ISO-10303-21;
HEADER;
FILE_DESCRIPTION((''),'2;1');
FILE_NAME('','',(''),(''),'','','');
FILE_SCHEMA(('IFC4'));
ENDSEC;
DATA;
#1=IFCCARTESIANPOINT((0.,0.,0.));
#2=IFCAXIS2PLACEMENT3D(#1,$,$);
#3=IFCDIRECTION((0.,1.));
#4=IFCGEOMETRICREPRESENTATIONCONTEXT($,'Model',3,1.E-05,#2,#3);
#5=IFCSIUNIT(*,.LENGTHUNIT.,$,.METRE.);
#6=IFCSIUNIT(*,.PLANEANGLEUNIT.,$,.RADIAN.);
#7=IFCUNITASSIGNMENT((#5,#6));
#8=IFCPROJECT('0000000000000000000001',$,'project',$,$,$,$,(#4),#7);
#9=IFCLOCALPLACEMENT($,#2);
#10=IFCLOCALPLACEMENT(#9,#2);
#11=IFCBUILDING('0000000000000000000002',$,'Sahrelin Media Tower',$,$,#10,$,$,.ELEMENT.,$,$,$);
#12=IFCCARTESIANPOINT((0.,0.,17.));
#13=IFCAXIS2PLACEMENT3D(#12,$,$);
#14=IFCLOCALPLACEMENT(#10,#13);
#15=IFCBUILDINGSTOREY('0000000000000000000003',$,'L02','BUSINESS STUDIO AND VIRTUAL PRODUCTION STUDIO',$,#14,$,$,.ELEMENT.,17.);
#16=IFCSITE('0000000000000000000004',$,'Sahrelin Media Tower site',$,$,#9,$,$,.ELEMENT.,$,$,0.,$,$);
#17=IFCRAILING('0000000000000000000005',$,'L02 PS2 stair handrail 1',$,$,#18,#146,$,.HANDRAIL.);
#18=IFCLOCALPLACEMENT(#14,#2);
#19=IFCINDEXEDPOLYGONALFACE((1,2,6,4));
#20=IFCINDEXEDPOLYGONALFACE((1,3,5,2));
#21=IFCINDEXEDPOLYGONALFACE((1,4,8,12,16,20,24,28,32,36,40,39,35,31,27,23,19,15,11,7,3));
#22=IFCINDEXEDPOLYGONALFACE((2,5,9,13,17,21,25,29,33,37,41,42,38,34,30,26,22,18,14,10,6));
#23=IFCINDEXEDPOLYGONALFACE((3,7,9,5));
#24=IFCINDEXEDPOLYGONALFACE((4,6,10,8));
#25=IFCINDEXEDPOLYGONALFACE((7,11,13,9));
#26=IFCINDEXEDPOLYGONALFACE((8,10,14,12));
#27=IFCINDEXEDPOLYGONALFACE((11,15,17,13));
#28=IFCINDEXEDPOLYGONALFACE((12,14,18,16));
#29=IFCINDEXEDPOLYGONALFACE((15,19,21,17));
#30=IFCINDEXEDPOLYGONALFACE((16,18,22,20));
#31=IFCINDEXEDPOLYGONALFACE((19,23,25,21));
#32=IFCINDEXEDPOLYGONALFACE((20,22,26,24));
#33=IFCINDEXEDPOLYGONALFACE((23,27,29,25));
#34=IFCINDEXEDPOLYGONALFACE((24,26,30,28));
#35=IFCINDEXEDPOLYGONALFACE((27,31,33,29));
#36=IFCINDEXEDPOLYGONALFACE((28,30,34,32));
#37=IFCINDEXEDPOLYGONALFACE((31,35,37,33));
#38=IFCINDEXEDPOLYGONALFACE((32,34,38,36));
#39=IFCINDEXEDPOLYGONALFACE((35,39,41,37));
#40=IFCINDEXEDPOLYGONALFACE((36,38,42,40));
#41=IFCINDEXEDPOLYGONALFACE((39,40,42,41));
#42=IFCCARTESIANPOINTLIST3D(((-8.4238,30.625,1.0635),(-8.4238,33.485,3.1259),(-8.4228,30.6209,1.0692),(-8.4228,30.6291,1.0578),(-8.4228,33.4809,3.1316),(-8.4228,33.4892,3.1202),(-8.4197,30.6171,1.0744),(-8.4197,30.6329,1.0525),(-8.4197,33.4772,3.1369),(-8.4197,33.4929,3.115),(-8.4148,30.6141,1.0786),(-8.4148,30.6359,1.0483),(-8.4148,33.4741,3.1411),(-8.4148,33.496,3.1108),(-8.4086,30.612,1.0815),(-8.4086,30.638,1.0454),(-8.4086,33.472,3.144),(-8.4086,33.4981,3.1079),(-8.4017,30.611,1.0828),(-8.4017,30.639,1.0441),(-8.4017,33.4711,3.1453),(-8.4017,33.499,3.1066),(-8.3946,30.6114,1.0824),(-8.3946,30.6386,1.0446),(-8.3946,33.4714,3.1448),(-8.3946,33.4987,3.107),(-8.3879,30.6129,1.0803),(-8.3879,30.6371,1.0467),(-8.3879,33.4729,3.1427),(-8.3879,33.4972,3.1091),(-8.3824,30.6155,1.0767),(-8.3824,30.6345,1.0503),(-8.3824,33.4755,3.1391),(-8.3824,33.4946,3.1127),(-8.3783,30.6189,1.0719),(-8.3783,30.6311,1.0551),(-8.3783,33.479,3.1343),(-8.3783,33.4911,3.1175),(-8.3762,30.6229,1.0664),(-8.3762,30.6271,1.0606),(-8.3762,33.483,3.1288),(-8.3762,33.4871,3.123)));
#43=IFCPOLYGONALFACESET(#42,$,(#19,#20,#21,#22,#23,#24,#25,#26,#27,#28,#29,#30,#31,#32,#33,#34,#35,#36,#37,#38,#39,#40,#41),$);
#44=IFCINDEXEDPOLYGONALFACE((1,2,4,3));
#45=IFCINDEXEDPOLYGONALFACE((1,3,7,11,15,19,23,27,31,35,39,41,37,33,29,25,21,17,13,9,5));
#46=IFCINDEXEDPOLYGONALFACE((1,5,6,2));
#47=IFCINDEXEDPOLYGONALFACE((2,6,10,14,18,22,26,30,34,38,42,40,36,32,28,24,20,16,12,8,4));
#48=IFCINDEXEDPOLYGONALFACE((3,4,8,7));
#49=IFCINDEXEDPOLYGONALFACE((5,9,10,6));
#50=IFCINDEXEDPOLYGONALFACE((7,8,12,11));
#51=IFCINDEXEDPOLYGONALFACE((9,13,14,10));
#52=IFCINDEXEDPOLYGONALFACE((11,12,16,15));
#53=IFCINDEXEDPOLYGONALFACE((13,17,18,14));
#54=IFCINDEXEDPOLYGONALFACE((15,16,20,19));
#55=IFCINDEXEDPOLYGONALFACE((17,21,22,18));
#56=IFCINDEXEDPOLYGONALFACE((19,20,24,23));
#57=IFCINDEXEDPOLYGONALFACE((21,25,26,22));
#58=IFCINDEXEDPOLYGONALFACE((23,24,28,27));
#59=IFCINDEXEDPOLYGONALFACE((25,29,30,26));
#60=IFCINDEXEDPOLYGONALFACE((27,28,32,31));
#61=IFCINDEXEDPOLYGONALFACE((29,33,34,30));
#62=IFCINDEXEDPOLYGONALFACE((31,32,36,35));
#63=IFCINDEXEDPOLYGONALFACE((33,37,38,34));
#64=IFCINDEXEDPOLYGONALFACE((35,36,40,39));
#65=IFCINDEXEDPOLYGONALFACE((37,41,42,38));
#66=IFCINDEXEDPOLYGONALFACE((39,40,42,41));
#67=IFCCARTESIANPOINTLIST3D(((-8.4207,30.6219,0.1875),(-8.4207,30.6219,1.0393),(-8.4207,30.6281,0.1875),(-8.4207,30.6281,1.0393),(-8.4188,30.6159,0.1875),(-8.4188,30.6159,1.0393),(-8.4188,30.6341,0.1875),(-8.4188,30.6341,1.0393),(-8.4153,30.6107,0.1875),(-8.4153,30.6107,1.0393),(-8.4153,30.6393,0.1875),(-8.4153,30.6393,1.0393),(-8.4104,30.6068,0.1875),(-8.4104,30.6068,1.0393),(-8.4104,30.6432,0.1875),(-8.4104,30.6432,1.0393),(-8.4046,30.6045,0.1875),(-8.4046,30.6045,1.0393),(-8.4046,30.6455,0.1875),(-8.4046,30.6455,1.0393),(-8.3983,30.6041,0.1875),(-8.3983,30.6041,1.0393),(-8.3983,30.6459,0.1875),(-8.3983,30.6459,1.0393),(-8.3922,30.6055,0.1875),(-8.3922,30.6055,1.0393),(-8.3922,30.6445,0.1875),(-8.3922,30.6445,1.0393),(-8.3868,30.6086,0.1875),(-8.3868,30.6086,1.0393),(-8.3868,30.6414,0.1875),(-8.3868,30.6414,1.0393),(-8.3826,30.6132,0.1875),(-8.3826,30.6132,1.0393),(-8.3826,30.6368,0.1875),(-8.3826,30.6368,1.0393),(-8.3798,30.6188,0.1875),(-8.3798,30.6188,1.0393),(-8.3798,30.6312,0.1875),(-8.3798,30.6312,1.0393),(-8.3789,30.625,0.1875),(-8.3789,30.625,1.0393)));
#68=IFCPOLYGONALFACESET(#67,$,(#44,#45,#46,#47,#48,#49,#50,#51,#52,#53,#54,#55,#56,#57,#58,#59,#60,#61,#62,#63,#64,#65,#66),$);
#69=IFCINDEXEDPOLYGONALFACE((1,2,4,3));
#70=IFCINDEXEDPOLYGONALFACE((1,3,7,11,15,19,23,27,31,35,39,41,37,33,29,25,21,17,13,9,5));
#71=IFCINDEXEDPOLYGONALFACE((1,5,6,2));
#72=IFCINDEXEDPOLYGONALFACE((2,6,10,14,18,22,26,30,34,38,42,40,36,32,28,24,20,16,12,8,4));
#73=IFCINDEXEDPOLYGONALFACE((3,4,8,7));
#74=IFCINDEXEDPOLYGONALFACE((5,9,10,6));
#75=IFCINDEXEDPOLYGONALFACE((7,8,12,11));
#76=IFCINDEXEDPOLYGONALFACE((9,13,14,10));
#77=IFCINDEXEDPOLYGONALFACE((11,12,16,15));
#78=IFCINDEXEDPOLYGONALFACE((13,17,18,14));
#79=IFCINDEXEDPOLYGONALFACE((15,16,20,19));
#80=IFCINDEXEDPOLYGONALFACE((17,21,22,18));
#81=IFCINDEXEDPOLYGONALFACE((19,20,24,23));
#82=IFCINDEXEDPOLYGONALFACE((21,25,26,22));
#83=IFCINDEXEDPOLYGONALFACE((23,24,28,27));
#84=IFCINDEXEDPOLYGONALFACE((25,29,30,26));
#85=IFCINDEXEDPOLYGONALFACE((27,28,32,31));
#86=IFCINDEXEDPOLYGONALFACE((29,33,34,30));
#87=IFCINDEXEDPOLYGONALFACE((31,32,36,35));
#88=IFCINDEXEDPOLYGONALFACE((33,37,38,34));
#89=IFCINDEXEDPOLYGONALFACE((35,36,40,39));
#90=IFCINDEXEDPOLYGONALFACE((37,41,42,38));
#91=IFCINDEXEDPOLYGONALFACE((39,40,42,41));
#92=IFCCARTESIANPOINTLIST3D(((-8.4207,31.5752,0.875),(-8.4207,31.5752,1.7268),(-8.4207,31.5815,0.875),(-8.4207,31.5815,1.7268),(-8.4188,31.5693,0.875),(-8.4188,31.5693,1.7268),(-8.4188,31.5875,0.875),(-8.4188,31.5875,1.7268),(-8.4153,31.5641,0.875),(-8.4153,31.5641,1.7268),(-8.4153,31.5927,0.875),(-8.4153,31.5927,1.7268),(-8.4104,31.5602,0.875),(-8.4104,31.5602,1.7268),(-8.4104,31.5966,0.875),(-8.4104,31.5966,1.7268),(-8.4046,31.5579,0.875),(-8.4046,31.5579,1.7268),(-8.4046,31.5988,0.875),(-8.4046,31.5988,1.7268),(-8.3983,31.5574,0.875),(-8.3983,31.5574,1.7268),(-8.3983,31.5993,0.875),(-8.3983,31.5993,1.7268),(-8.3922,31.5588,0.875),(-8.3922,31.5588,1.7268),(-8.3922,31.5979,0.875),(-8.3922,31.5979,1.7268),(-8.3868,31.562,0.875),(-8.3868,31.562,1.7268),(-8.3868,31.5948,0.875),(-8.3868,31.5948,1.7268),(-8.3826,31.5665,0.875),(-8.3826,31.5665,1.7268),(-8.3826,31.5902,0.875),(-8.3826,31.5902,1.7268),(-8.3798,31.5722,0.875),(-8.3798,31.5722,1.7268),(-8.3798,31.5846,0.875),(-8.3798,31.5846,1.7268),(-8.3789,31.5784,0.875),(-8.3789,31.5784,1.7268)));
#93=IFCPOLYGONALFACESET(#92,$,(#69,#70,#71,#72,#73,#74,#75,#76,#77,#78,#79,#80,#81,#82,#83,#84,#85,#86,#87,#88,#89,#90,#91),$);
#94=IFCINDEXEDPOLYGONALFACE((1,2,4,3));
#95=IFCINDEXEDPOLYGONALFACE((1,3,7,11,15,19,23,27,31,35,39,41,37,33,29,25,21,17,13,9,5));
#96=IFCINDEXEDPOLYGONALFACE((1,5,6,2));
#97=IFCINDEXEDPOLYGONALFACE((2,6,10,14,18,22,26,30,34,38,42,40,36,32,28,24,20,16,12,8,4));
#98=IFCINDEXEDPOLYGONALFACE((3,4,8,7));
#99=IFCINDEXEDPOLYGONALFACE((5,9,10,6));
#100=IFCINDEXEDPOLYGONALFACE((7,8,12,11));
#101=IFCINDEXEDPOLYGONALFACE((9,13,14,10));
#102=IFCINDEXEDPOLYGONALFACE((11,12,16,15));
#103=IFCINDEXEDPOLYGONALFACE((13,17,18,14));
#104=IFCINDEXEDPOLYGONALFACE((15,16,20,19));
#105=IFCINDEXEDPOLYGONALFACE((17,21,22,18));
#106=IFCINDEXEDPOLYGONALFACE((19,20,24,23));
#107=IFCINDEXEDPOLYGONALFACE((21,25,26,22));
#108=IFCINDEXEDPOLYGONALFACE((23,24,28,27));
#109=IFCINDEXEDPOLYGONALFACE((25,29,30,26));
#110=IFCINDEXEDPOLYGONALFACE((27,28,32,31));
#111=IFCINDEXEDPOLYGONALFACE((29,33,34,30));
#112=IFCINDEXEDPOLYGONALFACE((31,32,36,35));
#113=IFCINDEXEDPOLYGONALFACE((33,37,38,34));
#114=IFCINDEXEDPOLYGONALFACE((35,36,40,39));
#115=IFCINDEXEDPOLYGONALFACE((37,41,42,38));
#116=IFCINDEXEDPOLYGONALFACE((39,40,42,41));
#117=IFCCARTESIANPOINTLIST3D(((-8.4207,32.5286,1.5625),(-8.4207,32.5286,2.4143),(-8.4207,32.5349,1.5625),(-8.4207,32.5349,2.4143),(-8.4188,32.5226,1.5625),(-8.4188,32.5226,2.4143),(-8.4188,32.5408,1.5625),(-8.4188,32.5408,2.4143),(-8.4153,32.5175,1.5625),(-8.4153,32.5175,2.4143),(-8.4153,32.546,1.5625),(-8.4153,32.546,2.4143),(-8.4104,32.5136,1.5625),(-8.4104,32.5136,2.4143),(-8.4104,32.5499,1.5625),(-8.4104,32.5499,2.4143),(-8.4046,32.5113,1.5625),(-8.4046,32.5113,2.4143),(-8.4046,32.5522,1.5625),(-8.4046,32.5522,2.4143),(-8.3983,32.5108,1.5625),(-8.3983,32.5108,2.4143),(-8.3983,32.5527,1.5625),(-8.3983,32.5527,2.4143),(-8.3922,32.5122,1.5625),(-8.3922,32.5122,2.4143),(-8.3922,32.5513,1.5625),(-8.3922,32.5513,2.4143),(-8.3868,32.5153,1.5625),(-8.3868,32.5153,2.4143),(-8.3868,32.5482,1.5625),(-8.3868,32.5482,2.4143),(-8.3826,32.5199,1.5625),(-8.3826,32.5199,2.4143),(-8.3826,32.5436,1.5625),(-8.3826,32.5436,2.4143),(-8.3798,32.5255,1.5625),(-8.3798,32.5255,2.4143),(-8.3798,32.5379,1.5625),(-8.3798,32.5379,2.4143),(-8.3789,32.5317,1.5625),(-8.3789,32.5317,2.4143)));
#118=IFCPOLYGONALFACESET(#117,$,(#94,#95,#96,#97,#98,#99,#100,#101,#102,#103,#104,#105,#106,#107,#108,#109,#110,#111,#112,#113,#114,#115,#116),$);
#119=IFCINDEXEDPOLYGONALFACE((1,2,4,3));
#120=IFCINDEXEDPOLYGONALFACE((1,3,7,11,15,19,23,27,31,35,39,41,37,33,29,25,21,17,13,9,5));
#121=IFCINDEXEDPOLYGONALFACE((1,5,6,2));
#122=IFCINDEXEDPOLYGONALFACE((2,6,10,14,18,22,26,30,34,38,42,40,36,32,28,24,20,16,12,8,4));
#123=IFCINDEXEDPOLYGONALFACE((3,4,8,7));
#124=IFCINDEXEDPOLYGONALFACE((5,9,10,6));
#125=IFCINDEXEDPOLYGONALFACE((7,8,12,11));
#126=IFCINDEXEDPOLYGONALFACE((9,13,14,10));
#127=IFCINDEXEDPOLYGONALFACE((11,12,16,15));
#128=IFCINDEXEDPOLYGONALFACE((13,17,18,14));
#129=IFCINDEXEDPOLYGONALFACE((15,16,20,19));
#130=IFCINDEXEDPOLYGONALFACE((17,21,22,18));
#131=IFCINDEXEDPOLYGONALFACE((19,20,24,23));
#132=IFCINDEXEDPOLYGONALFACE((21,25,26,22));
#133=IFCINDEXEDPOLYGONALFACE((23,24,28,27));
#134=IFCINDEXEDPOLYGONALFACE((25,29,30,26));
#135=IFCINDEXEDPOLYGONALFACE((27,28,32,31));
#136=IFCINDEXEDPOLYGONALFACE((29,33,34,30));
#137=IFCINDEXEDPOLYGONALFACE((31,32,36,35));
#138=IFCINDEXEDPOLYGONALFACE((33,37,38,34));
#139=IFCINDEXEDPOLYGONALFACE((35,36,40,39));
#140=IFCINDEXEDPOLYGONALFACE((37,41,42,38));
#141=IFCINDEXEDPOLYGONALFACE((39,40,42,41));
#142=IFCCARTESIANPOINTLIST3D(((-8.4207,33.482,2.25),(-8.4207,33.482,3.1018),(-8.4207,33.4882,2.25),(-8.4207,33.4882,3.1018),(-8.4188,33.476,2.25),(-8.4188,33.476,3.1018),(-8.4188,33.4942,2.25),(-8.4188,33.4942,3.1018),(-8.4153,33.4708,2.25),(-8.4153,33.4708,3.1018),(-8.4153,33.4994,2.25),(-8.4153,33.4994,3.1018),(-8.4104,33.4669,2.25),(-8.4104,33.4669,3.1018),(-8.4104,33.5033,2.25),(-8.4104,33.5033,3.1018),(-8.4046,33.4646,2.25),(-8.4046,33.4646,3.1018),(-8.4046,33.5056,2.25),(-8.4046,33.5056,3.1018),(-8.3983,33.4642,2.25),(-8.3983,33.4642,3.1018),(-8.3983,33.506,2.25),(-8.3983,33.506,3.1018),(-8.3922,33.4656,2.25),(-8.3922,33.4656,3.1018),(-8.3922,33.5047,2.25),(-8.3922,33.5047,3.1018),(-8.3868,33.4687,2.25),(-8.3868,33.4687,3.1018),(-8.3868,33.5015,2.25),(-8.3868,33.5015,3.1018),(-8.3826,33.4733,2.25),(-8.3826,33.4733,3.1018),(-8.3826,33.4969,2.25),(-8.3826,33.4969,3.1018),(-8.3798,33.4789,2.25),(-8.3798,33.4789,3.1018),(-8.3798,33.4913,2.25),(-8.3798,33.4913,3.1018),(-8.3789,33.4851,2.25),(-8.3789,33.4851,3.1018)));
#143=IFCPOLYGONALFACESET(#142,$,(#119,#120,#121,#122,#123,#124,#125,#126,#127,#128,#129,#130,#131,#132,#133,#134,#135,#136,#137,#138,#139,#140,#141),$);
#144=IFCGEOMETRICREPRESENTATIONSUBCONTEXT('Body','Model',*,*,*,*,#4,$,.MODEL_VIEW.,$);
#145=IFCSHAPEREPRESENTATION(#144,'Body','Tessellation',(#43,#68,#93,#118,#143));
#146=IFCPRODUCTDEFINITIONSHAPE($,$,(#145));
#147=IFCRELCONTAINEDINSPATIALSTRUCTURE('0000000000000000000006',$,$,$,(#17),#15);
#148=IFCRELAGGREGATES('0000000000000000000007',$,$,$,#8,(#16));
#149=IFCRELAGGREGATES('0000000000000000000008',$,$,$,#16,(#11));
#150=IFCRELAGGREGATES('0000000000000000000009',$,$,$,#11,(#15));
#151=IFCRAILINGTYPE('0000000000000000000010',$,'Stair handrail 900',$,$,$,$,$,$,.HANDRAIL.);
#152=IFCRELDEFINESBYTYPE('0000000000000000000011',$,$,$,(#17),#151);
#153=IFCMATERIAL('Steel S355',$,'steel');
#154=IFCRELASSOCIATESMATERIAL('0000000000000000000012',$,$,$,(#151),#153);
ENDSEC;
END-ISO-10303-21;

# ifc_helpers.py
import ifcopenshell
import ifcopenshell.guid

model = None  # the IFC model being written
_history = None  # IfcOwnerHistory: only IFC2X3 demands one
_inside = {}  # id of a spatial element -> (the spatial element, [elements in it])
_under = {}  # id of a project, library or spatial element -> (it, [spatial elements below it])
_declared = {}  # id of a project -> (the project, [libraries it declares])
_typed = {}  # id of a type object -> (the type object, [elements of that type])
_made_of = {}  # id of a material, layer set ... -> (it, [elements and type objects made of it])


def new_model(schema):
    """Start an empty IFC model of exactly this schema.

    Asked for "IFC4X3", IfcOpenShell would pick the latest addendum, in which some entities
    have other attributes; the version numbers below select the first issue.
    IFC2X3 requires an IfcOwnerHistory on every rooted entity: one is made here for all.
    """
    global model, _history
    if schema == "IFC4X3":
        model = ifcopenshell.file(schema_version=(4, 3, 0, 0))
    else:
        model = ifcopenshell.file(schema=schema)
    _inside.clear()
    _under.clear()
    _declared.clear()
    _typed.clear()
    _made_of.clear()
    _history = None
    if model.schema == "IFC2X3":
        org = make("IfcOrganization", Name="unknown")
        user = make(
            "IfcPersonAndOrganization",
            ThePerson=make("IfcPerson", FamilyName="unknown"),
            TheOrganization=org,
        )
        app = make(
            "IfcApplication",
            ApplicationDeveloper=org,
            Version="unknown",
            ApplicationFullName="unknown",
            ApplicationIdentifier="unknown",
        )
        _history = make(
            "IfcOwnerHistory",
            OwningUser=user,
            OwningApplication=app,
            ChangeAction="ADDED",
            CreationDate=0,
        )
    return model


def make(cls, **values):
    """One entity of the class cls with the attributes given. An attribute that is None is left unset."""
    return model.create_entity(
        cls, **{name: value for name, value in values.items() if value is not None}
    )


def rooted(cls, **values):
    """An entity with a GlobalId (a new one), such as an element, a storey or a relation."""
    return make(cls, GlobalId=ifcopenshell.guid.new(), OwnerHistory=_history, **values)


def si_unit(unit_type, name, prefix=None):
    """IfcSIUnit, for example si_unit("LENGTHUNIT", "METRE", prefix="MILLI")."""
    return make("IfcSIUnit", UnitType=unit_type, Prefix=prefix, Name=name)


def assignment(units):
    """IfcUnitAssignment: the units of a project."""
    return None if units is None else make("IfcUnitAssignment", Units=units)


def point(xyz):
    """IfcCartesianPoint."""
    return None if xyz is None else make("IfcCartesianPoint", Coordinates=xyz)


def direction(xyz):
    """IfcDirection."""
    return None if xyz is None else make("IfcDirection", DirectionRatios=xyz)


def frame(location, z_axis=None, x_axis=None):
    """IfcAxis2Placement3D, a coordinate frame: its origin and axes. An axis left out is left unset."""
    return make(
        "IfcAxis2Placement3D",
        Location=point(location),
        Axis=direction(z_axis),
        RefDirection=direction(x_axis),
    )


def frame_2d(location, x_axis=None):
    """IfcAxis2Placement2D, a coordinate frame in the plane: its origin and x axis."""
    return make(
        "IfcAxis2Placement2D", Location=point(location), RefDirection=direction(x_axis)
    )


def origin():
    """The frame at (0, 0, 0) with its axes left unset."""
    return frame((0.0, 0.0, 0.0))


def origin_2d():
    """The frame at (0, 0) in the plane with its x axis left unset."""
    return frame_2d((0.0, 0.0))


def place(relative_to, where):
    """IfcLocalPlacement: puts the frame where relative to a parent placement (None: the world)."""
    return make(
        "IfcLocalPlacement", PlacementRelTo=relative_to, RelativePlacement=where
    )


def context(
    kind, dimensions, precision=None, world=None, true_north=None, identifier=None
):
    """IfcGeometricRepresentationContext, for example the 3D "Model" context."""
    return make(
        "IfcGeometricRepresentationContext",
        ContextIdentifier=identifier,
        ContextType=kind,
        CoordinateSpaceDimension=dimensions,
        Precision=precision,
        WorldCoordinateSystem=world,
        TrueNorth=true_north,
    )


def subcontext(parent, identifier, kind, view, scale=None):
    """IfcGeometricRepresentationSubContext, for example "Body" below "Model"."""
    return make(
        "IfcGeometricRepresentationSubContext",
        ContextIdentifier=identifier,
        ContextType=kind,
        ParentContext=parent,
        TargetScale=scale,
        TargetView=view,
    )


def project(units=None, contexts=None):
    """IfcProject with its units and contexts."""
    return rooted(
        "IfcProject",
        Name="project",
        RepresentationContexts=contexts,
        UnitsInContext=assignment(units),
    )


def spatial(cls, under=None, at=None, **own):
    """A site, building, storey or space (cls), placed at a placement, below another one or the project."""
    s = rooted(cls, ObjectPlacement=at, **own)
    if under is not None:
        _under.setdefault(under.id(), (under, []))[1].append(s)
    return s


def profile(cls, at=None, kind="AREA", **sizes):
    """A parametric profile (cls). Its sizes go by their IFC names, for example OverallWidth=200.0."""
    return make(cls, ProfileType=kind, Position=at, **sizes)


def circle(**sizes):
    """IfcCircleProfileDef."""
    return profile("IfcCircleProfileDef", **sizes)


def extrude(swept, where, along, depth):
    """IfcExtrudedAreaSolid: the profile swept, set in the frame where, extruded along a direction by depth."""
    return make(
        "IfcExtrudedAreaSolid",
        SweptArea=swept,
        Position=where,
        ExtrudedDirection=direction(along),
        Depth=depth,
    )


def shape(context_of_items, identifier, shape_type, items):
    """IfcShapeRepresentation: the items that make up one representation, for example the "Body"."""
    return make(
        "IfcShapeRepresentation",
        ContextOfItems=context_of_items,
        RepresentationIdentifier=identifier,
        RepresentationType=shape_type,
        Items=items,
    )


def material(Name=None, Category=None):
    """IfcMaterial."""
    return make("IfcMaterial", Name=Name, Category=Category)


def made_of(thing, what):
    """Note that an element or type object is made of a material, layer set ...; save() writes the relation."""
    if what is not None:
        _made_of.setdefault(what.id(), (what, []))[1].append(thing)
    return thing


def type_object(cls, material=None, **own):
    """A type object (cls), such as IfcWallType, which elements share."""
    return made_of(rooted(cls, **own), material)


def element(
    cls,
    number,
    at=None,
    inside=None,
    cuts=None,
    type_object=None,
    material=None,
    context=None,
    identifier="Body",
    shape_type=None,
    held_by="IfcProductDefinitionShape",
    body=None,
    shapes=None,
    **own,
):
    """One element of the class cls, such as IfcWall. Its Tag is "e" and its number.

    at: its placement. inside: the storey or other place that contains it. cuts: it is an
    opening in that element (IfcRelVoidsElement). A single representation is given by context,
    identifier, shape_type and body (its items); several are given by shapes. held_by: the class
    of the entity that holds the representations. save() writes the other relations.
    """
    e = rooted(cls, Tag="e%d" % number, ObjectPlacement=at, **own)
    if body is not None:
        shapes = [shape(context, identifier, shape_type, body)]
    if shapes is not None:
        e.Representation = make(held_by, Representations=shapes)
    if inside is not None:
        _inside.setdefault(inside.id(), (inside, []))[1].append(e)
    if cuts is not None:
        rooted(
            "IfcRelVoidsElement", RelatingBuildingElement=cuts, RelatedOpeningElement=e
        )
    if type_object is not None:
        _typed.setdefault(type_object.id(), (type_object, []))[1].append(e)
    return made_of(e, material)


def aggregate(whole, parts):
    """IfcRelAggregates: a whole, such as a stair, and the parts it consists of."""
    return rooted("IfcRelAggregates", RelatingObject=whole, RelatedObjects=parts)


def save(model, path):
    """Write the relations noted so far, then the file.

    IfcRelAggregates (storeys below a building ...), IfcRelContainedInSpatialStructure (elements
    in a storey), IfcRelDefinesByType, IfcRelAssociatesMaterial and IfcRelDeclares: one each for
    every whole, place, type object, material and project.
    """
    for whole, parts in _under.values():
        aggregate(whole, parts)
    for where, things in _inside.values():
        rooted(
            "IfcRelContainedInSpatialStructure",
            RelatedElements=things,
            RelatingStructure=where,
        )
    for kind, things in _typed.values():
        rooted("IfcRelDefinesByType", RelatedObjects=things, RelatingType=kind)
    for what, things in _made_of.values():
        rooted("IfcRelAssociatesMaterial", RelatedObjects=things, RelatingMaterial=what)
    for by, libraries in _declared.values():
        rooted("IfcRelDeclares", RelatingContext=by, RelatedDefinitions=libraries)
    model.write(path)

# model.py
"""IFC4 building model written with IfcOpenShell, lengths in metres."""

from ifc_helpers import new_model, si_unit, direction, frame, origin, origin_2d, place, context, subcontext, project, spatial, circle, extrude, material, type_object, element, save


model = new_model("IFC4")

# Units and contexts
model_context = context("Model", 3, precision=1e-05, world=origin(), true_north=direction((0.0, 1.0)))
body_context = subcontext(model_context, "Body", "Model", "MODEL_VIEW")
ifc_project = project(units=[si_unit("LENGTHUNIT", "METRE"), si_unit("PLANEANGLEUNIT", "RADIAN")], contexts=[model_context])

# Site, building, storey
site_placement = place(None, origin())
site = spatial("IfcSite", under=ifc_project, at=site_placement, Name="Sahrelin Media Tower site", CompositionType="ELEMENT", RefElevation=0.0)
building_placement = place(site_placement, origin())
building = spatial("IfcBuilding", under=site, at=building_placement, Name="Sahrelin Media Tower", CompositionType="ELEMENT")
storey_placement = place(building_placement, frame((0.0, 0.0, 17.0)))
storey = spatial("IfcBuildingStorey", under=building, at=storey_placement, Name="L02", Description="BUSINESS STUDIO AND VIRTUAL PRODUCTION STUDIO", CompositionType="ELEMENT", Elevation=17.0)

# Shared definitions
ifc_material_1 = material(Name="Steel S355", Category="steel")

# Railing
railing_type_1 = type_object("IfcRailingType", Name="Stair handrail 900", PredefinedType="HANDRAIL", material=ifc_material_1)
for number, where, name in (
    (1, (-8.3999, 30.625, 0.1875), "L02 PS2 stair handrail 1"),
):
    element("IfcRailing", number, at=place(storey_placement, frame(where)), inside=storey, type_object=railing_type_1, Name=name, PredefinedType="HANDRAIL", context=body_context, shape_type="SweptSolid", body=[
        extrude(circle(Radius=0.0239, at=origin_2d()), frame((0.0, 0.0, 0.876), z_axis=(0.0, 0.811101, 0.584906), x_axis=(-1.0, 0.0, 0.0)), (0.0, 0.0, 1.0), 3.5261),
        extrude(circle(Radius=0.021, at=origin_2d()), origin(), (0.0, 0.0, 1.0), 0.8518),
        extrude(circle(Radius=0.021, at=origin_2d()), frame((0.0, 0.9534, 0.6875)), (0.0, 0.0, 1.0), 0.8518),
        extrude(circle(Radius=0.021, at=origin_2d()), frame((0.0, 1.9067, 1.375)), (0.0, 0.0, 1.0), 0.8518),
        extrude(circle(Radius=0.021, at=origin_2d()), frame((0.0, 2.8601, 2.0625)), (0.0, 0.0, 1.0), 0.8518),
    ])

save(model, "model.ifc")
